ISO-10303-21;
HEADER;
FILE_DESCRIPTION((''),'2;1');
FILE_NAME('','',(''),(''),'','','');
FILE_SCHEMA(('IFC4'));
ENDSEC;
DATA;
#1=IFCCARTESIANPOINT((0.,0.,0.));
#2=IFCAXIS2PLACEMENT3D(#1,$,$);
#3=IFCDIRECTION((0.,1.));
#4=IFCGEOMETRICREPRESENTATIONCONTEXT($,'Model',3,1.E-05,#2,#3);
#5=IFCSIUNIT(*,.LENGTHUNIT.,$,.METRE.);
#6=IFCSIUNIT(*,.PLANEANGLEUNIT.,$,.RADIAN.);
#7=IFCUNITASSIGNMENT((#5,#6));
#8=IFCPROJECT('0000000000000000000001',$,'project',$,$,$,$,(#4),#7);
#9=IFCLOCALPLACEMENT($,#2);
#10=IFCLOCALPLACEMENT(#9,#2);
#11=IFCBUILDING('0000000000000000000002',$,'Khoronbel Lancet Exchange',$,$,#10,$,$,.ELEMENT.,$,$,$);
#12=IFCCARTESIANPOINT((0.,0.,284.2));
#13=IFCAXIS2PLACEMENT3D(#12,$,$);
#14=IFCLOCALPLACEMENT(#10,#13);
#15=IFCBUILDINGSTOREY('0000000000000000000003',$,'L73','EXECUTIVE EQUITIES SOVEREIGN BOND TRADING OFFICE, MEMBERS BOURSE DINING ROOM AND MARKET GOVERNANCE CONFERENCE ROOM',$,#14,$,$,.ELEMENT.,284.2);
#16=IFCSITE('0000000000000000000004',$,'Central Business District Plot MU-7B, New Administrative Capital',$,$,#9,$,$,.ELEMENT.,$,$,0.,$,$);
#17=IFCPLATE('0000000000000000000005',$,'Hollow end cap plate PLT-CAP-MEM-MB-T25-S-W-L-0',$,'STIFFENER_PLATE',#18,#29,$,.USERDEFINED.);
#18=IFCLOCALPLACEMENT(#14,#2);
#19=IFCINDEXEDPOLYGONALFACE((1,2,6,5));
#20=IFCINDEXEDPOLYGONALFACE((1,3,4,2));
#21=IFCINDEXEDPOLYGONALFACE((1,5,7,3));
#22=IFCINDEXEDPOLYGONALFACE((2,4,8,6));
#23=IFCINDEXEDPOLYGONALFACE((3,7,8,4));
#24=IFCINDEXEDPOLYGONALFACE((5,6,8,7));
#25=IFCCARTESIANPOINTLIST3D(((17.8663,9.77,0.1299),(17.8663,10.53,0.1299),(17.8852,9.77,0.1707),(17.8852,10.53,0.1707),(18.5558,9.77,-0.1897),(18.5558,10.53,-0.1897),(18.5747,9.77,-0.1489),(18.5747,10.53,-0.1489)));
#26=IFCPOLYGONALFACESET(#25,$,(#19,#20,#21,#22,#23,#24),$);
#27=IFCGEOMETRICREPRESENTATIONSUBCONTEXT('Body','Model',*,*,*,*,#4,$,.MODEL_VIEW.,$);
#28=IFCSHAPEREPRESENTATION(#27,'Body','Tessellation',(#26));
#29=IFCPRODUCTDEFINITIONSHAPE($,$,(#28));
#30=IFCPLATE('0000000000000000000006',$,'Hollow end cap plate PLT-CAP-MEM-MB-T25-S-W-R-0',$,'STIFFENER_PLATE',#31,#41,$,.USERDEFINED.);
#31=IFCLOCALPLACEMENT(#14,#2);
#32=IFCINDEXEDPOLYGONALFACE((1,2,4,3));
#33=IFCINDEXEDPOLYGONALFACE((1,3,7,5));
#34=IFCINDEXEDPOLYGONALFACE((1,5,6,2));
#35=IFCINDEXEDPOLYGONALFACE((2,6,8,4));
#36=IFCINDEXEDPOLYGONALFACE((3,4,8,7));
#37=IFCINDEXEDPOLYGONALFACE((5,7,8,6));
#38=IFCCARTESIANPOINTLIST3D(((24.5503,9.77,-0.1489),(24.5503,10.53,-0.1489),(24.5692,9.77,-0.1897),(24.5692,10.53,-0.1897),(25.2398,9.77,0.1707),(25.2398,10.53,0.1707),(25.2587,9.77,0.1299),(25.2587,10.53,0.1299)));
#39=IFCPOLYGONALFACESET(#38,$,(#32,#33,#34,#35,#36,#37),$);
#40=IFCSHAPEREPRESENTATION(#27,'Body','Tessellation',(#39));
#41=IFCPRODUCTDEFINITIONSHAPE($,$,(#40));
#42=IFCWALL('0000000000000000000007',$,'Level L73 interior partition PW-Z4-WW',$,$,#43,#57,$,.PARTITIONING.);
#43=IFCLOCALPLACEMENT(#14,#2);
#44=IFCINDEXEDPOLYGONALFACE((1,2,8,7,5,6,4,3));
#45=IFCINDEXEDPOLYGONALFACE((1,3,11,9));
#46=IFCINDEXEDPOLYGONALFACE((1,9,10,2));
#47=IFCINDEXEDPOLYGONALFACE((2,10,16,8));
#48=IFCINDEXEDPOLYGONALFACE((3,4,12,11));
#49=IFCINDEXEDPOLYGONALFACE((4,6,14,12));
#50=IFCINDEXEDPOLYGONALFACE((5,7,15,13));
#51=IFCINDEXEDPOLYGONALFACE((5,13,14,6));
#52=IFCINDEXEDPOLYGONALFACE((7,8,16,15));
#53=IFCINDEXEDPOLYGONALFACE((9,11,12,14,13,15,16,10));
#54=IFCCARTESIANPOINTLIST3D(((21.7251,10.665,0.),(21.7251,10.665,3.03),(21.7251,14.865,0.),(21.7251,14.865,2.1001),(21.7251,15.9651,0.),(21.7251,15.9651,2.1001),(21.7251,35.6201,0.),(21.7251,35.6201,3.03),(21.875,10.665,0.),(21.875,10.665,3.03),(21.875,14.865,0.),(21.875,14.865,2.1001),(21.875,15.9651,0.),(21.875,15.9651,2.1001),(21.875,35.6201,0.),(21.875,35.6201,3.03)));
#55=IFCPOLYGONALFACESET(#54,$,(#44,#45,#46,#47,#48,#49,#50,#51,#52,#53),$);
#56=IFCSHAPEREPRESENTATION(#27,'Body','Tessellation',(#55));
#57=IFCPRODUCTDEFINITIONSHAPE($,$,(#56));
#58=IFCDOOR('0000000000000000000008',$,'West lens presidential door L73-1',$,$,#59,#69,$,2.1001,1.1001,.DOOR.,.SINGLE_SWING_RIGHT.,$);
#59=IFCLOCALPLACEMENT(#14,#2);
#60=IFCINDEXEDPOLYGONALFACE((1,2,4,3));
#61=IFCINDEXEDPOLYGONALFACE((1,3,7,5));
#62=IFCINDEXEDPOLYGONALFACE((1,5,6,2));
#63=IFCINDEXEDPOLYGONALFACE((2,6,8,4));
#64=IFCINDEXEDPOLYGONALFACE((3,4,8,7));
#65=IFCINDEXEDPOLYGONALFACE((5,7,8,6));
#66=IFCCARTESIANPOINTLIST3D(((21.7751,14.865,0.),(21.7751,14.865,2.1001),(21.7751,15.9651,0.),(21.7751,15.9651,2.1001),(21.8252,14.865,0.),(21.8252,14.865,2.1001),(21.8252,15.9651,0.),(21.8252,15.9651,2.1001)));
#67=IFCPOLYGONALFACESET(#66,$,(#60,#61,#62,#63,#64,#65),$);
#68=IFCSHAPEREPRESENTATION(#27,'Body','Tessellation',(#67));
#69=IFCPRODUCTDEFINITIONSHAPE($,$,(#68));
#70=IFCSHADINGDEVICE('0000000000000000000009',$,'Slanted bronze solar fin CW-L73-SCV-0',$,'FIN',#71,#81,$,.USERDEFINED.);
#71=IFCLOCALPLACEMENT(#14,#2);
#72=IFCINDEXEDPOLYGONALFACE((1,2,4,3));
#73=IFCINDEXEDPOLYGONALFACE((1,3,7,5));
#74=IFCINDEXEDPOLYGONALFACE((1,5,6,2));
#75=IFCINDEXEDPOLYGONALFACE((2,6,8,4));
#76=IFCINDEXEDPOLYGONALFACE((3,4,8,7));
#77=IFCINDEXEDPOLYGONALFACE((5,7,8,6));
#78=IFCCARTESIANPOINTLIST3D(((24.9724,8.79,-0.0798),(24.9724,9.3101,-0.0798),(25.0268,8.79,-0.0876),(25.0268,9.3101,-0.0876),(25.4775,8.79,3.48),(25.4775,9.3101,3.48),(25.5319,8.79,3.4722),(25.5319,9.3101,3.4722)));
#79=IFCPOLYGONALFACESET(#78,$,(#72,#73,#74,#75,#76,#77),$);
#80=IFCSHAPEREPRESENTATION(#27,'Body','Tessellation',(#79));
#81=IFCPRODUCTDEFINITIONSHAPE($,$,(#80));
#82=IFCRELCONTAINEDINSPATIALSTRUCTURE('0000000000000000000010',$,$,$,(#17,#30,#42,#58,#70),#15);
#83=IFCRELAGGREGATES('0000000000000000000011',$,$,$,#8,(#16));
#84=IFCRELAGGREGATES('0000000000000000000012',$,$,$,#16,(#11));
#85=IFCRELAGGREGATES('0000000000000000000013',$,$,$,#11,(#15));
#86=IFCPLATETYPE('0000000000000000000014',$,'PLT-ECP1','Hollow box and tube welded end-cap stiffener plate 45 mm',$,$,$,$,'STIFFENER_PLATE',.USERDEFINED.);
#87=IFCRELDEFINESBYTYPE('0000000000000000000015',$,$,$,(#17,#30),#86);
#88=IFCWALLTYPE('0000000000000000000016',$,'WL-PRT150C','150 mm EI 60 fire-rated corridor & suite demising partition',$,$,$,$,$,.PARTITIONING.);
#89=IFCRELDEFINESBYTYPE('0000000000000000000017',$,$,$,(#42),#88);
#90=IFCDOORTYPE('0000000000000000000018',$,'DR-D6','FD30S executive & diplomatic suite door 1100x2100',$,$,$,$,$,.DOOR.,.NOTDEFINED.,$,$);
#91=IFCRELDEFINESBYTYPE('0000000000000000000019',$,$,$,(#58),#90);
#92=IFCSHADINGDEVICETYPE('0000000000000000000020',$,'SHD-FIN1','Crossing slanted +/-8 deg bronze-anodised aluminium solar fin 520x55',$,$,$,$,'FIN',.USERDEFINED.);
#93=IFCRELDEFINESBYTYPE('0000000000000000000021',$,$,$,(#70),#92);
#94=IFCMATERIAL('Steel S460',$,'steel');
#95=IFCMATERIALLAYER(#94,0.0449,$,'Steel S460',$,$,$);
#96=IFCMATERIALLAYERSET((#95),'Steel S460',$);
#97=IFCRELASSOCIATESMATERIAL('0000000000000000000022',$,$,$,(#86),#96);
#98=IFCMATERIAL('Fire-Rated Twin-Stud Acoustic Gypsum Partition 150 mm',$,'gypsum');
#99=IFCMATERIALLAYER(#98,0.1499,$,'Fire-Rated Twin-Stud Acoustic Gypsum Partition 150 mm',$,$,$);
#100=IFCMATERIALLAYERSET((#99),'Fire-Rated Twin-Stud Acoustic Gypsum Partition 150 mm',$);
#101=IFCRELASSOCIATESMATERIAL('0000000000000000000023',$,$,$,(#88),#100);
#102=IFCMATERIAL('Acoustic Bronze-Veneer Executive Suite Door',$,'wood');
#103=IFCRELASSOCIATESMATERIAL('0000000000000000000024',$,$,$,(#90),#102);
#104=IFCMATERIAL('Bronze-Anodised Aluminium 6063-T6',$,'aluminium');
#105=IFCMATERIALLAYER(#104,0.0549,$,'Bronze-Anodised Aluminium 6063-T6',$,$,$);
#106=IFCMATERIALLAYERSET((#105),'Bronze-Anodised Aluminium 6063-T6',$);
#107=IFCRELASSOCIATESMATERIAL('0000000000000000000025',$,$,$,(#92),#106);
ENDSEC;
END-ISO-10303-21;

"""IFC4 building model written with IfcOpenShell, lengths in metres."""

from ifc_helpers import new_model, si_unit, direction, frame, frame_2d, origin, place, context, subcontext, project, spatial, polyline, rectangle, outline, extrude, material, layer, layer_set, type_object, element, fill, save


model = new_model("IFC4")

# Units and contexts
model_context = context("Model", 3, precision=1e-05, world=origin(), true_north=direction((0.0, 1.0)))
body_context = subcontext(model_context, "Body", "Model", "MODEL_VIEW")
ifc_project = project(units=[si_unit("LENGTHUNIT", "METRE"), si_unit("PLANEANGLEUNIT", "RADIAN")], contexts=[model_context])

# Site, building, storey
site_placement = place(None, origin())
site = spatial("IfcSite", under=ifc_project, at=site_placement, Name="Central Business District Plot MU-7B, New Administrative Capital", CompositionType="ELEMENT", RefElevation=0.0)
building_placement = place(site_placement, origin())
building = spatial("IfcBuilding", under=site, at=building_placement, Name="Khoronbel Lancet Exchange", CompositionType="ELEMENT")
storey_placement = place(building_placement, frame((0.0, 0.0, 284.2)))
storey = spatial("IfcBuildingStorey", under=building, at=storey_placement, Name="L73", Description="EXECUTIVE EQUITIES SOVEREIGN BOND TRADING OFFICE, MEMBERS BOURSE DINING ROOM AND MARKET GOVERNANCE CONFERENCE ROOM", CompositionType="ELEMENT", Elevation=284.2)

# Shared definitions
ifc_material_1 = material(Name="Steel S460", Category="steel")

# Shared definitions
ifc_material_2 = material(Name="Bronze-Anodised Aluminium 6063-T6", Category="aluminium")

# Plates
ifc_layer_1 = layer(ifc_material_1, 0.0449, Name="Steel S460")
ifc_layer_set_1 = layer_set([ifc_layer_1], Name="Steel S460")
plate_type_1 = type_object("IfcPlateType", Name="PLT-ECP1", Description="Hollow box and tube welded end-cap stiffener plate 45 mm", ElementType="STIFFENER_PLATE", PredefinedType="USERDEFINED", material=ifc_layer_set_1)
for number, where, z_axis, x_axis, name in (
    (1, (18.5747, 9.77, -0.1489), (0.420545, 0.0, 0.907272), (0.0, 1.0, 0.0), "Hollow end cap plate PLT-CAP-MEM-MB-T25-S-W-L-0"),
    (2, (24.5503, 10.53, -0.1489), (-0.420545, 0.0, 0.907272), (0.0, -1.0, 0.0), "Hollow end cap plate PLT-CAP-MEM-MB-T25-S-W-R-0"),
):
    element("IfcPlate", number, at=place(storey_placement, frame(where, z_axis=z_axis, x_axis=x_axis)), inside=storey, type_object=plate_type_1, Name=name, ObjectType="STIFFENER_PLATE", PredefinedType="USERDEFINED", context=body_context, shape_type="SweptSolid", body=[
        extrude(outline(polyline([(0.0, 0.0), (0.76, 0.0), (0.76, 0.76), (0.0, 0.76), (0.0, 0.0)])), origin(), (0.0, 0.0, -1.0), 0.0449),
    ])

# Wall, opening, door
ifc_material_3 = material(Name="Fire-Rated Twin-Stud Acoustic Gypsum Partition 150 mm", Category="gypsum")
ifc_layer_2 = layer(ifc_material_3, 0.1499, Name="Fire-Rated Twin-Stud Acoustic Gypsum Partition 150 mm")
ifc_layer_set_2 = layer_set([ifc_layer_2], Name="Fire-Rated Twin-Stud Acoustic Gypsum Partition 150 mm")
wall_type = type_object("IfcWallType", Name="WL-PRT150C", Description="150 mm EI 60 fire-rated corridor & suite demising partition", PredefinedType="PARTITIONING", material=ifc_layer_set_2)
wall_placement = place(storey_placement, frame((21.8, 10.665, 0.0), z_axis=(0.0, 0.0, 1.0), x_axis=(0.0, 1.0, 0.0)))
wall = element("IfcWall", 3, at=wall_placement, inside=storey, type_object=wall_type, Name="Level L73 interior partition PW-Z4-WW", PredefinedType="PARTITIONING", context=body_context, shape_type="SweptSolid", body=[
    extrude(rectangle(XDim=24.9551, YDim=0.1499, at=frame_2d((12.4775, 0.0))), origin(), (0.0, 0.0, 1.0), 3.03),
])
opening_placement = place(wall_placement, frame((4.2, 0.0, 0.0)))
opening = element("IfcOpeningElement", 4, at=opening_placement, cuts=wall, PredefinedType="OPENING", context=body_context, shape_type="SweptSolid", body=[
    extrude(rectangle(XDim=1.1001, YDim=2.1001, at=frame_2d((0.55, 1.05))), frame((0.0, 0.085, 0.0), z_axis=(0.0, -1.0, 0.0), x_axis=(1.0, 0.0, 0.0)), (0.0, 0.0, 1.0), 0.1699),
])
ifc_material_4 = material(Name="Acoustic Bronze-Veneer Executive Suite Door", Category="wood")
door_type = type_object("IfcDoorType", Name="DR-D6", Description="FD30S executive & diplomatic suite door 1100x2100", OperationType="NOTDEFINED", PredefinedType="DOOR", material=ifc_material_4)
door_placement = place(opening_placement, origin())
door = element("IfcDoor", 5, at=door_placement, inside=storey, type_object=door_type, Name="West lens presidential door L73-1", OperationType="SINGLE_SWING_RIGHT", OverallHeight=2.1001, OverallWidth=1.1001, PredefinedType="DOOR", context=body_context, shape_type="SweptSolid", body=[
    extrude(rectangle(XDim=1.1001, YDim=2.1001, at=frame_2d((0.55, 1.05))), frame((0.0, 0.0249, 0.0), z_axis=(0.0, -1.0, 0.0), x_axis=(1.0, 0.0, 0.0)), (0.0, 0.0, 1.0), 0.05),
])
fill(opening, door)

# Shading device
ifc_layer_3 = layer(ifc_material_2, 0.0549, Name="Bronze-Anodised Aluminium 6063-T6")
ifc_layer_set_3 = layer_set([ifc_layer_3], Name="Bronze-Anodised Aluminium 6063-T6")
shading_device_type = type_object("IfcShadingDeviceType", Name="SHD-FIN1", Description="Crossing slanted +/-8 deg bronze-anodised aluminium solar fin 520x55", ElementType="FIN", PredefinedType="USERDEFINED", material=ifc_layer_set_3)
shading_device_placement = place(storey_placement, frame((24.9724, 9.3101, -0.0798), z_axis=(-0.990082, 0.0, 0.14049), x_axis=(0.0, -1.0, 0.0)))
element("IfcShadingDevice", 6, at=shading_device_placement, inside=storey, type_object=shading_device_type, Name="Slanted bronze solar fin CW-L73-SCV-0", ObjectType="FIN", PredefinedType="USERDEFINED", context=body_context, shape_type="SweptSolid", body=[
    extrude(outline(polyline([(0.0, 0.0), (0.52, 0.0), (0.52, 3.5955), (0.0, 3.5955), (0.0, 0.0)])), origin(), (0.0, 0.0, -1.0), 0.0549),
])

save(model, "model.ifc")
